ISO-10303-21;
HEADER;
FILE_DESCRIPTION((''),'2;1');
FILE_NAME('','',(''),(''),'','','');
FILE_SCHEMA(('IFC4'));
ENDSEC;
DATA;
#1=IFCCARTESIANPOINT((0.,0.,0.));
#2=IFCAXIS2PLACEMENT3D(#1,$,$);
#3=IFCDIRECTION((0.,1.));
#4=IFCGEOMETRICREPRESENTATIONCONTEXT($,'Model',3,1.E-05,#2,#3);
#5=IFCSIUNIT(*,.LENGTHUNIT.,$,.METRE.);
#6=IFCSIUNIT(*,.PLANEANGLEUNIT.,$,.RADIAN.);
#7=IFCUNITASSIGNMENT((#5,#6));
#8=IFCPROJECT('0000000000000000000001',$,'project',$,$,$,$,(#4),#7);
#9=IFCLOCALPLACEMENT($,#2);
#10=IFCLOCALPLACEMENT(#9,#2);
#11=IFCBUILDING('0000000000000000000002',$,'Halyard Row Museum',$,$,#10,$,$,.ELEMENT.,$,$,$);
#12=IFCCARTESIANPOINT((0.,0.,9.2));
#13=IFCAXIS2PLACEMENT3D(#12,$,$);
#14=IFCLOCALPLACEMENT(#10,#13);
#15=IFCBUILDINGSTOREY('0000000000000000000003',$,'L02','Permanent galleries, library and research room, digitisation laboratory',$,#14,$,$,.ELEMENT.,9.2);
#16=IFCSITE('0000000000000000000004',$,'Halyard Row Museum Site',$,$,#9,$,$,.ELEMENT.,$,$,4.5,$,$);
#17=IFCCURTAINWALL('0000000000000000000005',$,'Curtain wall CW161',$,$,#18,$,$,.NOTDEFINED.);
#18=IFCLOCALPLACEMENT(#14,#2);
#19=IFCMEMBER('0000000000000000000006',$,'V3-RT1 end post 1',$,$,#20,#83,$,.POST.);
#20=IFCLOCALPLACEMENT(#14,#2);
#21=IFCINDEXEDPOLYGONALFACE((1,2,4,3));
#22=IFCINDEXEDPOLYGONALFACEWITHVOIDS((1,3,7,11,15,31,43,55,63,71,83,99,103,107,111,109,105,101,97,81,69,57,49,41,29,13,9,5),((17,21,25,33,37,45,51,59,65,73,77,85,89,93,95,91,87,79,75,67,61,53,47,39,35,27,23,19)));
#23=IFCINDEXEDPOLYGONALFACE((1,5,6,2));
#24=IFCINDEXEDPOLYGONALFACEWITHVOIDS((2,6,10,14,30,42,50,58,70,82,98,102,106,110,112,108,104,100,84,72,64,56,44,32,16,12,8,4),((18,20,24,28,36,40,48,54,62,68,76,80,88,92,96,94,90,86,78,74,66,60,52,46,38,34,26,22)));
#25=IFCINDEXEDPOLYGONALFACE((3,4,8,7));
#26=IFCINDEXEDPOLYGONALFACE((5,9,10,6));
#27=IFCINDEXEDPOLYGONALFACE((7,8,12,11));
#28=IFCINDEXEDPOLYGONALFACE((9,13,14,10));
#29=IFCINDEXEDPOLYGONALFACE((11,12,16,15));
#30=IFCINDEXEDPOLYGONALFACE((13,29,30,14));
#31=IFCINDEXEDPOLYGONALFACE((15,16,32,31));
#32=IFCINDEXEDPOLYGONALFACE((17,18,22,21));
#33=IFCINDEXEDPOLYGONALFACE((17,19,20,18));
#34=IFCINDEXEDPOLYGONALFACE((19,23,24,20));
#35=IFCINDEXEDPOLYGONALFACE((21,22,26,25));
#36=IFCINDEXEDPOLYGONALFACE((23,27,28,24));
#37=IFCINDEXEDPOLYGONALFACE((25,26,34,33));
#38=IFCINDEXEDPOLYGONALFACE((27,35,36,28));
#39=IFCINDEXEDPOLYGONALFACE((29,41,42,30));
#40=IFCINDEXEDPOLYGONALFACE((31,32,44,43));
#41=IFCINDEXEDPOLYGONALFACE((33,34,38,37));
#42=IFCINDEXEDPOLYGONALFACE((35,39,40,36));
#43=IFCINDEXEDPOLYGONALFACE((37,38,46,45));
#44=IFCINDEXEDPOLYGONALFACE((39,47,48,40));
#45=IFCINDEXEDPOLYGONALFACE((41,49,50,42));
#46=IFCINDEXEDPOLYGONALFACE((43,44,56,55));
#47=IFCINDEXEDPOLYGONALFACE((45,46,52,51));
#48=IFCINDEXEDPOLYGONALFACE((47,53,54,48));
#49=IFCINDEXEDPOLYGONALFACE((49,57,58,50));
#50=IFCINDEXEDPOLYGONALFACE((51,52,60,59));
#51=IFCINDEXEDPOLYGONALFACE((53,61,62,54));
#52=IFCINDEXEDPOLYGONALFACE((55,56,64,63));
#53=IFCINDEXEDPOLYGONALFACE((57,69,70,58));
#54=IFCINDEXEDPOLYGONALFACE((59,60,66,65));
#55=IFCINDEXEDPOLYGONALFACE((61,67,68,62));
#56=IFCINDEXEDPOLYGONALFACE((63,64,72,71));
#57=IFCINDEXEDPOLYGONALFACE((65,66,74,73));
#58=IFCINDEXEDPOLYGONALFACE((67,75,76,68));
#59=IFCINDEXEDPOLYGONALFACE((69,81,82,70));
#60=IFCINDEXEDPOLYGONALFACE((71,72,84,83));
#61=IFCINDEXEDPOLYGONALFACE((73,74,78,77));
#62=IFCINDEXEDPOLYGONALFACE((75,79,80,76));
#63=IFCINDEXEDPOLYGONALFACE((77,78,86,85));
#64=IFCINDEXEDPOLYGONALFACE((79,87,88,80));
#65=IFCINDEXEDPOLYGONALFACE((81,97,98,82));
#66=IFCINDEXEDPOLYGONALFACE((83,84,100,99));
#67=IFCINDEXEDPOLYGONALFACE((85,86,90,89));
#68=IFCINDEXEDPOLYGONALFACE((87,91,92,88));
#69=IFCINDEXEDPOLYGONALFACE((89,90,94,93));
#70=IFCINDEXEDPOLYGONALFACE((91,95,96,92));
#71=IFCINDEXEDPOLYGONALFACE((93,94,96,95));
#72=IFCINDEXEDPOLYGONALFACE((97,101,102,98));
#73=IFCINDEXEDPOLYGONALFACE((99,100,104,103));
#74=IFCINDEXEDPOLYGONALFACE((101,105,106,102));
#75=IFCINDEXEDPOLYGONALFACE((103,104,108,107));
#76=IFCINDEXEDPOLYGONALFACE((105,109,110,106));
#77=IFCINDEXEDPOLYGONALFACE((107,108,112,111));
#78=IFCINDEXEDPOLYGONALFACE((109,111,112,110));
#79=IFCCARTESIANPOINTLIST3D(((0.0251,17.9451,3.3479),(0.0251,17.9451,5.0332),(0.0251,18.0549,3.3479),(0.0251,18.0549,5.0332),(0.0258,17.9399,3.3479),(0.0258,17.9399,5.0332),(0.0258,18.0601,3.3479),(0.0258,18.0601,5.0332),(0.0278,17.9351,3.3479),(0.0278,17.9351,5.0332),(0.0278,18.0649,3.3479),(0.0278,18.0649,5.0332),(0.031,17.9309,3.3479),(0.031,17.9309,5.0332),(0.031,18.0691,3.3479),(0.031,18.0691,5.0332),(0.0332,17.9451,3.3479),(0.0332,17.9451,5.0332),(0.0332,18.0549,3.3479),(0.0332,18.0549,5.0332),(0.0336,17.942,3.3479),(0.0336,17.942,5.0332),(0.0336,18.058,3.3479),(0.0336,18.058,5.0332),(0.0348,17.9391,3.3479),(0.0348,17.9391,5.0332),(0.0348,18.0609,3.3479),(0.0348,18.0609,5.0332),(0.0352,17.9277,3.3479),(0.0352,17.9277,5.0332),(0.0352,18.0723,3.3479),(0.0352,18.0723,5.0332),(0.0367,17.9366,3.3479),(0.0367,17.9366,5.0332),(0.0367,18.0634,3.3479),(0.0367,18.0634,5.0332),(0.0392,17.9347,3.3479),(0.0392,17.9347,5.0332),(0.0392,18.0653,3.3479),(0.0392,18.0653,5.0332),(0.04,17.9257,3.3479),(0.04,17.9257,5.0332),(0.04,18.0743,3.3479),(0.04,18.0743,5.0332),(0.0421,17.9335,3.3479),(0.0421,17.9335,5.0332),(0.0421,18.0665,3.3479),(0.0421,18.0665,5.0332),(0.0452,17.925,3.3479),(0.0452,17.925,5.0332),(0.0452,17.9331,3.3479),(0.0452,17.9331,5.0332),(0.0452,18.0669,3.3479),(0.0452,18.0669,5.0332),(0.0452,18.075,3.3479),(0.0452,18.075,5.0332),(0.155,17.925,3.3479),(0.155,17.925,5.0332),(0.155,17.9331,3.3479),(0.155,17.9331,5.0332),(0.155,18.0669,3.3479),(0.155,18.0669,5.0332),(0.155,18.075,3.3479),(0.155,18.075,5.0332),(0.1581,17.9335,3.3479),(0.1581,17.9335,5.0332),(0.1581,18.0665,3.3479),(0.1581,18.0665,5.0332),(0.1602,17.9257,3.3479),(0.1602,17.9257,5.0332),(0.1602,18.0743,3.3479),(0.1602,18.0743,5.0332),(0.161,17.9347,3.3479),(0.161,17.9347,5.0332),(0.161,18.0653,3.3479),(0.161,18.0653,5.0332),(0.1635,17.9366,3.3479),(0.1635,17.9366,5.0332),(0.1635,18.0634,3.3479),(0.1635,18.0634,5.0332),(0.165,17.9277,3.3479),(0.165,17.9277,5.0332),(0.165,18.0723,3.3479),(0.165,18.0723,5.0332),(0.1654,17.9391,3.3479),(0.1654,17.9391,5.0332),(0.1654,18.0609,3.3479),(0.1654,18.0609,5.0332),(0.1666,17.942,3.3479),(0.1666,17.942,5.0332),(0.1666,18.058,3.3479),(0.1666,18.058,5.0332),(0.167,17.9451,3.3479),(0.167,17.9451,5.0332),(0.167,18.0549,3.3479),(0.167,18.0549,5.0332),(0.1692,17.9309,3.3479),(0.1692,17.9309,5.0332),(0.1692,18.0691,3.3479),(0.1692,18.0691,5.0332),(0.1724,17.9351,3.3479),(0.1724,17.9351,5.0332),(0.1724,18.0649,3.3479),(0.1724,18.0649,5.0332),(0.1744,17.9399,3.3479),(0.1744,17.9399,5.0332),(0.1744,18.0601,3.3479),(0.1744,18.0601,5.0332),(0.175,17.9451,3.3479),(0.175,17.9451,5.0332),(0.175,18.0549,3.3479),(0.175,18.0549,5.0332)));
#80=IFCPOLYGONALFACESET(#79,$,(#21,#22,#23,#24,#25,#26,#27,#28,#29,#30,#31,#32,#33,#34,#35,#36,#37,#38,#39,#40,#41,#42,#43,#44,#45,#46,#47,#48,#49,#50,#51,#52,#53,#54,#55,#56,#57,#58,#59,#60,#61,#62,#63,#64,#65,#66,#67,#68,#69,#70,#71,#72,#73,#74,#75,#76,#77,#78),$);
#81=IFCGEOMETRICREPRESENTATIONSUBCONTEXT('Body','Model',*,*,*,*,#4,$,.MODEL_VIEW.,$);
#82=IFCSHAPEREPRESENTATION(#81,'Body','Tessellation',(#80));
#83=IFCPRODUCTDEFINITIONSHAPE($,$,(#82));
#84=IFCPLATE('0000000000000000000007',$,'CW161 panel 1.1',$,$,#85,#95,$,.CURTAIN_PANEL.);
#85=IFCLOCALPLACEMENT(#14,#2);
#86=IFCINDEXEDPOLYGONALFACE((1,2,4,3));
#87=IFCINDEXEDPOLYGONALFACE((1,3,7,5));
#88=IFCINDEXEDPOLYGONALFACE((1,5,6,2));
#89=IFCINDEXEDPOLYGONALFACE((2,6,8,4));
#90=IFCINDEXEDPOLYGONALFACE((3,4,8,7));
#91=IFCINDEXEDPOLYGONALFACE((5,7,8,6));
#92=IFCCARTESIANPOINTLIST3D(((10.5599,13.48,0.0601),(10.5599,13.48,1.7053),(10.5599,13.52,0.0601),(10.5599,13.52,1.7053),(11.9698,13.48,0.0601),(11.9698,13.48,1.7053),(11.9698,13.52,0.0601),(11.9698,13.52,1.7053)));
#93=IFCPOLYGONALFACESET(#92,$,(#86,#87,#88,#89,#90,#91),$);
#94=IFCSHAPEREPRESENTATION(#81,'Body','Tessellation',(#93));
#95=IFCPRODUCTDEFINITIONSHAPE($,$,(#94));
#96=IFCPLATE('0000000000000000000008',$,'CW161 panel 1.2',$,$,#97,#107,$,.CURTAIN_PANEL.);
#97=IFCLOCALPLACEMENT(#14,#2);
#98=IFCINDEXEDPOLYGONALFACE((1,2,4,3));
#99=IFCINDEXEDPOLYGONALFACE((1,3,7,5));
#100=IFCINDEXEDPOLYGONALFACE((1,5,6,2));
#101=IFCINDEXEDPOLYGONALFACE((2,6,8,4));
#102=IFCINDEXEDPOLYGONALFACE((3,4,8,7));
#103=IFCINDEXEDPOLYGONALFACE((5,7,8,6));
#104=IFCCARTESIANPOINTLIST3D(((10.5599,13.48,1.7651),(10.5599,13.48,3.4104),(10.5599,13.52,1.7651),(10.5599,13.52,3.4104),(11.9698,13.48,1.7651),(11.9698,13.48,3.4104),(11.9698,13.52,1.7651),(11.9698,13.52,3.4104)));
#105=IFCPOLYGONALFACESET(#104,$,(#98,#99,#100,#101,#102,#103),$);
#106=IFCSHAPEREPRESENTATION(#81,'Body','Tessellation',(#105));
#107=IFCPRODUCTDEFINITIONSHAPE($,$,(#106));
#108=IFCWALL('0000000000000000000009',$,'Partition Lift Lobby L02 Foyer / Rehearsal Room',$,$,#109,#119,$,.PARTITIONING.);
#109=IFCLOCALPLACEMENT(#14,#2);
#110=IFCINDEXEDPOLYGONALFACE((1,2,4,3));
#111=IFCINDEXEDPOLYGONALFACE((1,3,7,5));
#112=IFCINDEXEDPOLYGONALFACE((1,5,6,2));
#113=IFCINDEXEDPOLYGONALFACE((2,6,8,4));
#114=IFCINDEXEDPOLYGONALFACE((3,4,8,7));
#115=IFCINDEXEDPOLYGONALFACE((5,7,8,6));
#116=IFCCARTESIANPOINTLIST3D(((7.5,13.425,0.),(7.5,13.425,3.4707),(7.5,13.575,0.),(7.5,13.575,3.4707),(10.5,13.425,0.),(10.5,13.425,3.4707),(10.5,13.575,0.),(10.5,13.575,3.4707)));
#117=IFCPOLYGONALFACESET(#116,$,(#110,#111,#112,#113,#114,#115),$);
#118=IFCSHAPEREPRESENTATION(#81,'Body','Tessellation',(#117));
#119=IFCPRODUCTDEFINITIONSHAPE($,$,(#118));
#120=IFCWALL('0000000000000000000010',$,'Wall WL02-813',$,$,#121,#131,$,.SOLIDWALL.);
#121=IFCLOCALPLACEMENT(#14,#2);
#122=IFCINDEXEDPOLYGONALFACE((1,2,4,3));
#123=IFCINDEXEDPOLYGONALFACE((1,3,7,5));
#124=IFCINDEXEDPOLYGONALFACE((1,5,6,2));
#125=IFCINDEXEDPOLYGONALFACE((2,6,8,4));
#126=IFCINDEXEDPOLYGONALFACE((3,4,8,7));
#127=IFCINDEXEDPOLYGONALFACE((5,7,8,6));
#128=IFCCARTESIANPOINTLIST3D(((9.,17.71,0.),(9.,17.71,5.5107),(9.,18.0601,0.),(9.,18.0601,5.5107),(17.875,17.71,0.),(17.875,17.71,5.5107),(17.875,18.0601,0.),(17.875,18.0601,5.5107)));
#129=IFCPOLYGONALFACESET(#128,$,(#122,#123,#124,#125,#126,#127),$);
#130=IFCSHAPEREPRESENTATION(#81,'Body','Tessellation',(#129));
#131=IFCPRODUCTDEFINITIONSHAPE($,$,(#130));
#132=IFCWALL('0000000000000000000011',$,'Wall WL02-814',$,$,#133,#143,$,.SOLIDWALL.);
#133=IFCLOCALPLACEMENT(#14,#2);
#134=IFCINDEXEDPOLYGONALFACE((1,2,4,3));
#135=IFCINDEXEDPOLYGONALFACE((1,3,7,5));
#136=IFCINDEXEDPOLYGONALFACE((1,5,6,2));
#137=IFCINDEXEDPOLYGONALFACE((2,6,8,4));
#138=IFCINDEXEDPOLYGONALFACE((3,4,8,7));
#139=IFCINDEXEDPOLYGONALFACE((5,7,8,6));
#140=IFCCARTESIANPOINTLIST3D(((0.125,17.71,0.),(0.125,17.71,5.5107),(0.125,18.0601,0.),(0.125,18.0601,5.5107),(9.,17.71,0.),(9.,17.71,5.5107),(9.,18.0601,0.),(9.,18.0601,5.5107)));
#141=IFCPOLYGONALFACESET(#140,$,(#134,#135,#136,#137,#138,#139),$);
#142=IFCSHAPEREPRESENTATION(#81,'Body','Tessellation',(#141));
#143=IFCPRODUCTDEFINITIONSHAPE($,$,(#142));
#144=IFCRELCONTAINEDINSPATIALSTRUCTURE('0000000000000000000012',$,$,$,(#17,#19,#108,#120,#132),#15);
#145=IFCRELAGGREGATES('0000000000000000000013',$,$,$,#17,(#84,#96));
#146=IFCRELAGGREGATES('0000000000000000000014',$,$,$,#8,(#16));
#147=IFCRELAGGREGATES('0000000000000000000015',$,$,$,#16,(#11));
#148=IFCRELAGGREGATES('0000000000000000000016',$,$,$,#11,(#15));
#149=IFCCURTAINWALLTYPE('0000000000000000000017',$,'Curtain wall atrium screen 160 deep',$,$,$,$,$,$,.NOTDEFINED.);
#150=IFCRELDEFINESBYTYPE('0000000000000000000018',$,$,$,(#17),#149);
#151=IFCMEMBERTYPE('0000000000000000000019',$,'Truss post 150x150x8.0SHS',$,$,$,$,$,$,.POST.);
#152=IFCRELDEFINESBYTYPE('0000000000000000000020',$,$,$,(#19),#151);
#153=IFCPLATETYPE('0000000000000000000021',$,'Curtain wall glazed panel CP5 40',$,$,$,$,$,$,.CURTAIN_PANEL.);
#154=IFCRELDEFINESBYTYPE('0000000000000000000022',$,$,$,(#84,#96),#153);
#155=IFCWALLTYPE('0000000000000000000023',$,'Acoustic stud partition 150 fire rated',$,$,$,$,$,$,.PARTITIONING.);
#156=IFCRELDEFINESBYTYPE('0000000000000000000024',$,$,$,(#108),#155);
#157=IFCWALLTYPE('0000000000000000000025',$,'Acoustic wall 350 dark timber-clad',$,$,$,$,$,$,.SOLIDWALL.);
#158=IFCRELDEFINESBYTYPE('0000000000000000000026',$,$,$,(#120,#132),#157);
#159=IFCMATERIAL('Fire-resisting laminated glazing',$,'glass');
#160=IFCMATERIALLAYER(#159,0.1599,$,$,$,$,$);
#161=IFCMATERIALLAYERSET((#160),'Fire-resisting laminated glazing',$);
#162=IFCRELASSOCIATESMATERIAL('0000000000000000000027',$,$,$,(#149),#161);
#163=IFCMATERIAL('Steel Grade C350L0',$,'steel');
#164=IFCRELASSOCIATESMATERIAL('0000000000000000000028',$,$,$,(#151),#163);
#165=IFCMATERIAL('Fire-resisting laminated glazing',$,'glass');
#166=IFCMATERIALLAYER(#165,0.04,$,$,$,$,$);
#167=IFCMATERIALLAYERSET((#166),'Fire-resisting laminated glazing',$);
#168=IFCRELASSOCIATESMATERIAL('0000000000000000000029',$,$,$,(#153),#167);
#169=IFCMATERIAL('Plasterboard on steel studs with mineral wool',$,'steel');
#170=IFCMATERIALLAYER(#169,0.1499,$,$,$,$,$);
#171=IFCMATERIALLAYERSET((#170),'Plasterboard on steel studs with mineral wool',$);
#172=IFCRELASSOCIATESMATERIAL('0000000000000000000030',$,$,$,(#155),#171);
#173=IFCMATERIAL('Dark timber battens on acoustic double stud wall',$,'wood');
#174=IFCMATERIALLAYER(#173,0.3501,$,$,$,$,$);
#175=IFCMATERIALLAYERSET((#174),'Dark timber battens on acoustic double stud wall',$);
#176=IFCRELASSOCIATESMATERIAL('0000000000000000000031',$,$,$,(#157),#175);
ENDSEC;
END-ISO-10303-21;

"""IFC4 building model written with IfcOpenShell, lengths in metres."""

from ifc_helpers import new_model, si_unit, direction, frame, frame_2d, origin, origin_2d, place, context, subcontext, project, spatial, rectangle, hollow_rectangle, extrude, material, layer, layer_set, material_profile, profile_set, type_object, element, aggregate, save


model = new_model("IFC4")

# Units and contexts
model_context = context("Model", 3, precision=1e-05, world=origin(), true_north=direction((0.0, 1.0)))
body_context = subcontext(model_context, "Body", "Model", "MODEL_VIEW")
ifc_project = project(units=[si_unit("LENGTHUNIT", "METRE"), si_unit("PLANEANGLEUNIT", "RADIAN")], contexts=[model_context])

# Site, building, storey
site_placement = place(None, origin())
site = spatial("IfcSite", under=ifc_project, at=site_placement, Name="Halyard Row Museum Site", CompositionType="ELEMENT", RefElevation=4.5)
building_placement = place(site_placement, origin())
building = spatial("IfcBuilding", under=site, at=building_placement, Name="Halyard Row Museum", CompositionType="ELEMENT")
storey_placement = place(building_placement, frame((0.0, 0.0, 9.2)))
storey = spatial("IfcBuildingStorey", under=building, at=storey_placement, Name="L02", Description="Permanent galleries, library and research room, digitisation laboratory", CompositionType="ELEMENT", Elevation=9.2)

# Curtain wall
ifc_material_1 = material(Name="Fire-resisting laminated glazing", Category="glass")
ifc_layer_1 = layer(ifc_material_1, 0.1599)
ifc_layer_set_1 = layer_set([ifc_layer_1], Name="Fire-resisting laminated glazing")
curtain_wall_type = type_object("IfcCurtainWallType", Name="Curtain wall atrium screen 160 deep", PredefinedType="NOTDEFINED", material=ifc_layer_set_1)
curtain_wall_placement = place(storey_placement, origin())
curtain_wall = element("IfcCurtainWall", 1, at=curtain_wall_placement, inside=storey, type_object=curtain_wall_type, Name="Curtain wall CW161", PredefinedType="NOTDEFINED")

# Member
ifc_material_2 = material(Name="Steel Grade C350L0", Category="steel")
ifc_material_profile_1 = material_profile(ifc_material_2, hollow_rectangle(XDim=0.1499, YDim=0.1499, WallThickness=0.0081, InnerFilletRadius=0.012, OuterFilletRadius=0.02, at=origin_2d()), Name="150x150x8.0SHS")
ifc_profile_set_1 = profile_set([ifc_material_profile_1], Name="Steel Grade C350L0")
member_type_1 = type_object("IfcMemberType", Name="Truss post 150x150x8.0SHS", PredefinedType="POST", material=ifc_profile_set_1)
member_1_placement = place(storey_placement, frame((0.1001, 18.0, 3.3479), z_axis=(0.0, 0.0, 1.0), x_axis=(1.0, 0.0, 0.0)))
element("IfcMember", 2, at=member_1_placement, inside=storey, type_object=member_type_1, Name="V3-RT1 end post 1", PredefinedType="POST", context=body_context, shape_type="SweptSolid", body=[
    extrude(hollow_rectangle(XDim=0.1499, YDim=0.1499, WallThickness=0.0081, InnerFilletRadius=0.012, OuterFilletRadius=0.02, at=origin_2d()), origin(), (0.0, 0.0, 1.0), 1.6853),
])

# Plates
ifc_material_3 = material(Name="Fire-resisting laminated glazing", Category="glass")
ifc_layer_2 = layer(ifc_material_3, 0.04)
ifc_layer_set_2 = layer_set([ifc_layer_2], Name="Fire-resisting laminated glazing")
plate_type = type_object("IfcPlateType", Name="Curtain wall glazed panel CP5 40", PredefinedType="CURTAIN_PANEL", material=ifc_layer_set_2)
plate_1_placement = place(storey_placement, frame((11.2649, 13.5, 0.0601), z_axis=(0.0, 0.0, 1.0), x_axis=(1.0, 0.0, 0.0)))
plate_1 = element("IfcPlate", 3, at=plate_1_placement, type_object=plate_type, Name="CW161 panel 1.1", PredefinedType="CURTAIN_PANEL", context=body_context, shape_type="SweptSolid", body=[
    extrude(rectangle(XDim=1.4099, YDim=0.04, at=origin_2d()), origin(), (0.0, 0.0, 1.0), 1.6453),
])
plate_2_placement = place(storey_placement, frame((11.2649, 13.5, 1.7651), z_axis=(0.0, 0.0, 1.0), x_axis=(1.0, 0.0, 0.0)))
plate_2 = element("IfcPlate", 4, at=plate_2_placement, type_object=plate_type, Name="CW161 panel 1.2", PredefinedType="CURTAIN_PANEL", context=body_context, shape_type="SweptSolid", body=[
    extrude(rectangle(XDim=1.4099, YDim=0.04, at=origin_2d()), origin(), (0.0, 0.0, 1.0), 1.6453),
])
aggregate(curtain_wall, [plate_1, plate_2])

# Walls
ifc_material_4 = material(Name="Plasterboard on steel studs with mineral wool", Category="steel")
ifc_layer_3 = layer(ifc_material_4, 0.1499)
ifc_layer_set_3 = layer_set([ifc_layer_3], Name="Plasterboard on steel studs with mineral wool")
wall_type_1 = type_object("IfcWallType", Name="Acoustic stud partition 150 fire rated", PredefinedType="PARTITIONING", material=ifc_layer_set_3)
wall_placement = place(storey_placement, frame((7.5, 13.5, 0.0), z_axis=(0.0, 0.0, 1.0), x_axis=(1.0, 0.0, 0.0)))
element("IfcWall", 5, at=wall_placement, inside=storey, type_object=wall_type_1, Name="Partition Lift Lobby L02 Foyer / Rehearsal Room", PredefinedType="PARTITIONING", context=body_context, shape_type="SweptSolid", body=[
    extrude(rectangle(XDim=3.0, YDim=0.1499, at=frame_2d((1.5, 0.0))), origin(), (0.0, 0.0, 1.0), 3.4707),
])
ifc_material_5 = material(Name="Dark timber battens on acoustic double stud wall", Category="wood")
ifc_layer_4 = layer(ifc_material_5, 0.3501)
ifc_layer_set_4 = layer_set([ifc_layer_4], Name="Dark timber battens on acoustic double stud wall")
wall_type_2 = type_object("IfcWallType", Name="Acoustic wall 350 dark timber-clad", PredefinedType="SOLIDWALL", material=ifc_layer_set_4)
for number, where, z_axis, x_axis, name in (
    (6, (9.0, 17.885, 0.0), (0.0, 0.0, 1.0), (1.0, 0.0, 0.0), "Wall WL02-813"),
    (7, (0.125, 17.885, 0.0), (0.0, 0.0, 1.0), (1.0, 0.0, 0.0), "Wall WL02-814"),
):
    element("IfcWall", number, at=place(storey_placement, frame(where, z_axis=z_axis, x_axis=x_axis)), inside=storey, type_object=wall_type_2, Name=name, PredefinedType="SOLIDWALL", context=body_context, shape_type="SweptSolid", body=[
        extrude(rectangle(XDim=8.875, YDim=0.3501, at=frame_2d((4.4375, 0.0))), origin(), (0.0, 0.0, 1.0), 5.5107),
    ])

save(model, "model.ifc")
